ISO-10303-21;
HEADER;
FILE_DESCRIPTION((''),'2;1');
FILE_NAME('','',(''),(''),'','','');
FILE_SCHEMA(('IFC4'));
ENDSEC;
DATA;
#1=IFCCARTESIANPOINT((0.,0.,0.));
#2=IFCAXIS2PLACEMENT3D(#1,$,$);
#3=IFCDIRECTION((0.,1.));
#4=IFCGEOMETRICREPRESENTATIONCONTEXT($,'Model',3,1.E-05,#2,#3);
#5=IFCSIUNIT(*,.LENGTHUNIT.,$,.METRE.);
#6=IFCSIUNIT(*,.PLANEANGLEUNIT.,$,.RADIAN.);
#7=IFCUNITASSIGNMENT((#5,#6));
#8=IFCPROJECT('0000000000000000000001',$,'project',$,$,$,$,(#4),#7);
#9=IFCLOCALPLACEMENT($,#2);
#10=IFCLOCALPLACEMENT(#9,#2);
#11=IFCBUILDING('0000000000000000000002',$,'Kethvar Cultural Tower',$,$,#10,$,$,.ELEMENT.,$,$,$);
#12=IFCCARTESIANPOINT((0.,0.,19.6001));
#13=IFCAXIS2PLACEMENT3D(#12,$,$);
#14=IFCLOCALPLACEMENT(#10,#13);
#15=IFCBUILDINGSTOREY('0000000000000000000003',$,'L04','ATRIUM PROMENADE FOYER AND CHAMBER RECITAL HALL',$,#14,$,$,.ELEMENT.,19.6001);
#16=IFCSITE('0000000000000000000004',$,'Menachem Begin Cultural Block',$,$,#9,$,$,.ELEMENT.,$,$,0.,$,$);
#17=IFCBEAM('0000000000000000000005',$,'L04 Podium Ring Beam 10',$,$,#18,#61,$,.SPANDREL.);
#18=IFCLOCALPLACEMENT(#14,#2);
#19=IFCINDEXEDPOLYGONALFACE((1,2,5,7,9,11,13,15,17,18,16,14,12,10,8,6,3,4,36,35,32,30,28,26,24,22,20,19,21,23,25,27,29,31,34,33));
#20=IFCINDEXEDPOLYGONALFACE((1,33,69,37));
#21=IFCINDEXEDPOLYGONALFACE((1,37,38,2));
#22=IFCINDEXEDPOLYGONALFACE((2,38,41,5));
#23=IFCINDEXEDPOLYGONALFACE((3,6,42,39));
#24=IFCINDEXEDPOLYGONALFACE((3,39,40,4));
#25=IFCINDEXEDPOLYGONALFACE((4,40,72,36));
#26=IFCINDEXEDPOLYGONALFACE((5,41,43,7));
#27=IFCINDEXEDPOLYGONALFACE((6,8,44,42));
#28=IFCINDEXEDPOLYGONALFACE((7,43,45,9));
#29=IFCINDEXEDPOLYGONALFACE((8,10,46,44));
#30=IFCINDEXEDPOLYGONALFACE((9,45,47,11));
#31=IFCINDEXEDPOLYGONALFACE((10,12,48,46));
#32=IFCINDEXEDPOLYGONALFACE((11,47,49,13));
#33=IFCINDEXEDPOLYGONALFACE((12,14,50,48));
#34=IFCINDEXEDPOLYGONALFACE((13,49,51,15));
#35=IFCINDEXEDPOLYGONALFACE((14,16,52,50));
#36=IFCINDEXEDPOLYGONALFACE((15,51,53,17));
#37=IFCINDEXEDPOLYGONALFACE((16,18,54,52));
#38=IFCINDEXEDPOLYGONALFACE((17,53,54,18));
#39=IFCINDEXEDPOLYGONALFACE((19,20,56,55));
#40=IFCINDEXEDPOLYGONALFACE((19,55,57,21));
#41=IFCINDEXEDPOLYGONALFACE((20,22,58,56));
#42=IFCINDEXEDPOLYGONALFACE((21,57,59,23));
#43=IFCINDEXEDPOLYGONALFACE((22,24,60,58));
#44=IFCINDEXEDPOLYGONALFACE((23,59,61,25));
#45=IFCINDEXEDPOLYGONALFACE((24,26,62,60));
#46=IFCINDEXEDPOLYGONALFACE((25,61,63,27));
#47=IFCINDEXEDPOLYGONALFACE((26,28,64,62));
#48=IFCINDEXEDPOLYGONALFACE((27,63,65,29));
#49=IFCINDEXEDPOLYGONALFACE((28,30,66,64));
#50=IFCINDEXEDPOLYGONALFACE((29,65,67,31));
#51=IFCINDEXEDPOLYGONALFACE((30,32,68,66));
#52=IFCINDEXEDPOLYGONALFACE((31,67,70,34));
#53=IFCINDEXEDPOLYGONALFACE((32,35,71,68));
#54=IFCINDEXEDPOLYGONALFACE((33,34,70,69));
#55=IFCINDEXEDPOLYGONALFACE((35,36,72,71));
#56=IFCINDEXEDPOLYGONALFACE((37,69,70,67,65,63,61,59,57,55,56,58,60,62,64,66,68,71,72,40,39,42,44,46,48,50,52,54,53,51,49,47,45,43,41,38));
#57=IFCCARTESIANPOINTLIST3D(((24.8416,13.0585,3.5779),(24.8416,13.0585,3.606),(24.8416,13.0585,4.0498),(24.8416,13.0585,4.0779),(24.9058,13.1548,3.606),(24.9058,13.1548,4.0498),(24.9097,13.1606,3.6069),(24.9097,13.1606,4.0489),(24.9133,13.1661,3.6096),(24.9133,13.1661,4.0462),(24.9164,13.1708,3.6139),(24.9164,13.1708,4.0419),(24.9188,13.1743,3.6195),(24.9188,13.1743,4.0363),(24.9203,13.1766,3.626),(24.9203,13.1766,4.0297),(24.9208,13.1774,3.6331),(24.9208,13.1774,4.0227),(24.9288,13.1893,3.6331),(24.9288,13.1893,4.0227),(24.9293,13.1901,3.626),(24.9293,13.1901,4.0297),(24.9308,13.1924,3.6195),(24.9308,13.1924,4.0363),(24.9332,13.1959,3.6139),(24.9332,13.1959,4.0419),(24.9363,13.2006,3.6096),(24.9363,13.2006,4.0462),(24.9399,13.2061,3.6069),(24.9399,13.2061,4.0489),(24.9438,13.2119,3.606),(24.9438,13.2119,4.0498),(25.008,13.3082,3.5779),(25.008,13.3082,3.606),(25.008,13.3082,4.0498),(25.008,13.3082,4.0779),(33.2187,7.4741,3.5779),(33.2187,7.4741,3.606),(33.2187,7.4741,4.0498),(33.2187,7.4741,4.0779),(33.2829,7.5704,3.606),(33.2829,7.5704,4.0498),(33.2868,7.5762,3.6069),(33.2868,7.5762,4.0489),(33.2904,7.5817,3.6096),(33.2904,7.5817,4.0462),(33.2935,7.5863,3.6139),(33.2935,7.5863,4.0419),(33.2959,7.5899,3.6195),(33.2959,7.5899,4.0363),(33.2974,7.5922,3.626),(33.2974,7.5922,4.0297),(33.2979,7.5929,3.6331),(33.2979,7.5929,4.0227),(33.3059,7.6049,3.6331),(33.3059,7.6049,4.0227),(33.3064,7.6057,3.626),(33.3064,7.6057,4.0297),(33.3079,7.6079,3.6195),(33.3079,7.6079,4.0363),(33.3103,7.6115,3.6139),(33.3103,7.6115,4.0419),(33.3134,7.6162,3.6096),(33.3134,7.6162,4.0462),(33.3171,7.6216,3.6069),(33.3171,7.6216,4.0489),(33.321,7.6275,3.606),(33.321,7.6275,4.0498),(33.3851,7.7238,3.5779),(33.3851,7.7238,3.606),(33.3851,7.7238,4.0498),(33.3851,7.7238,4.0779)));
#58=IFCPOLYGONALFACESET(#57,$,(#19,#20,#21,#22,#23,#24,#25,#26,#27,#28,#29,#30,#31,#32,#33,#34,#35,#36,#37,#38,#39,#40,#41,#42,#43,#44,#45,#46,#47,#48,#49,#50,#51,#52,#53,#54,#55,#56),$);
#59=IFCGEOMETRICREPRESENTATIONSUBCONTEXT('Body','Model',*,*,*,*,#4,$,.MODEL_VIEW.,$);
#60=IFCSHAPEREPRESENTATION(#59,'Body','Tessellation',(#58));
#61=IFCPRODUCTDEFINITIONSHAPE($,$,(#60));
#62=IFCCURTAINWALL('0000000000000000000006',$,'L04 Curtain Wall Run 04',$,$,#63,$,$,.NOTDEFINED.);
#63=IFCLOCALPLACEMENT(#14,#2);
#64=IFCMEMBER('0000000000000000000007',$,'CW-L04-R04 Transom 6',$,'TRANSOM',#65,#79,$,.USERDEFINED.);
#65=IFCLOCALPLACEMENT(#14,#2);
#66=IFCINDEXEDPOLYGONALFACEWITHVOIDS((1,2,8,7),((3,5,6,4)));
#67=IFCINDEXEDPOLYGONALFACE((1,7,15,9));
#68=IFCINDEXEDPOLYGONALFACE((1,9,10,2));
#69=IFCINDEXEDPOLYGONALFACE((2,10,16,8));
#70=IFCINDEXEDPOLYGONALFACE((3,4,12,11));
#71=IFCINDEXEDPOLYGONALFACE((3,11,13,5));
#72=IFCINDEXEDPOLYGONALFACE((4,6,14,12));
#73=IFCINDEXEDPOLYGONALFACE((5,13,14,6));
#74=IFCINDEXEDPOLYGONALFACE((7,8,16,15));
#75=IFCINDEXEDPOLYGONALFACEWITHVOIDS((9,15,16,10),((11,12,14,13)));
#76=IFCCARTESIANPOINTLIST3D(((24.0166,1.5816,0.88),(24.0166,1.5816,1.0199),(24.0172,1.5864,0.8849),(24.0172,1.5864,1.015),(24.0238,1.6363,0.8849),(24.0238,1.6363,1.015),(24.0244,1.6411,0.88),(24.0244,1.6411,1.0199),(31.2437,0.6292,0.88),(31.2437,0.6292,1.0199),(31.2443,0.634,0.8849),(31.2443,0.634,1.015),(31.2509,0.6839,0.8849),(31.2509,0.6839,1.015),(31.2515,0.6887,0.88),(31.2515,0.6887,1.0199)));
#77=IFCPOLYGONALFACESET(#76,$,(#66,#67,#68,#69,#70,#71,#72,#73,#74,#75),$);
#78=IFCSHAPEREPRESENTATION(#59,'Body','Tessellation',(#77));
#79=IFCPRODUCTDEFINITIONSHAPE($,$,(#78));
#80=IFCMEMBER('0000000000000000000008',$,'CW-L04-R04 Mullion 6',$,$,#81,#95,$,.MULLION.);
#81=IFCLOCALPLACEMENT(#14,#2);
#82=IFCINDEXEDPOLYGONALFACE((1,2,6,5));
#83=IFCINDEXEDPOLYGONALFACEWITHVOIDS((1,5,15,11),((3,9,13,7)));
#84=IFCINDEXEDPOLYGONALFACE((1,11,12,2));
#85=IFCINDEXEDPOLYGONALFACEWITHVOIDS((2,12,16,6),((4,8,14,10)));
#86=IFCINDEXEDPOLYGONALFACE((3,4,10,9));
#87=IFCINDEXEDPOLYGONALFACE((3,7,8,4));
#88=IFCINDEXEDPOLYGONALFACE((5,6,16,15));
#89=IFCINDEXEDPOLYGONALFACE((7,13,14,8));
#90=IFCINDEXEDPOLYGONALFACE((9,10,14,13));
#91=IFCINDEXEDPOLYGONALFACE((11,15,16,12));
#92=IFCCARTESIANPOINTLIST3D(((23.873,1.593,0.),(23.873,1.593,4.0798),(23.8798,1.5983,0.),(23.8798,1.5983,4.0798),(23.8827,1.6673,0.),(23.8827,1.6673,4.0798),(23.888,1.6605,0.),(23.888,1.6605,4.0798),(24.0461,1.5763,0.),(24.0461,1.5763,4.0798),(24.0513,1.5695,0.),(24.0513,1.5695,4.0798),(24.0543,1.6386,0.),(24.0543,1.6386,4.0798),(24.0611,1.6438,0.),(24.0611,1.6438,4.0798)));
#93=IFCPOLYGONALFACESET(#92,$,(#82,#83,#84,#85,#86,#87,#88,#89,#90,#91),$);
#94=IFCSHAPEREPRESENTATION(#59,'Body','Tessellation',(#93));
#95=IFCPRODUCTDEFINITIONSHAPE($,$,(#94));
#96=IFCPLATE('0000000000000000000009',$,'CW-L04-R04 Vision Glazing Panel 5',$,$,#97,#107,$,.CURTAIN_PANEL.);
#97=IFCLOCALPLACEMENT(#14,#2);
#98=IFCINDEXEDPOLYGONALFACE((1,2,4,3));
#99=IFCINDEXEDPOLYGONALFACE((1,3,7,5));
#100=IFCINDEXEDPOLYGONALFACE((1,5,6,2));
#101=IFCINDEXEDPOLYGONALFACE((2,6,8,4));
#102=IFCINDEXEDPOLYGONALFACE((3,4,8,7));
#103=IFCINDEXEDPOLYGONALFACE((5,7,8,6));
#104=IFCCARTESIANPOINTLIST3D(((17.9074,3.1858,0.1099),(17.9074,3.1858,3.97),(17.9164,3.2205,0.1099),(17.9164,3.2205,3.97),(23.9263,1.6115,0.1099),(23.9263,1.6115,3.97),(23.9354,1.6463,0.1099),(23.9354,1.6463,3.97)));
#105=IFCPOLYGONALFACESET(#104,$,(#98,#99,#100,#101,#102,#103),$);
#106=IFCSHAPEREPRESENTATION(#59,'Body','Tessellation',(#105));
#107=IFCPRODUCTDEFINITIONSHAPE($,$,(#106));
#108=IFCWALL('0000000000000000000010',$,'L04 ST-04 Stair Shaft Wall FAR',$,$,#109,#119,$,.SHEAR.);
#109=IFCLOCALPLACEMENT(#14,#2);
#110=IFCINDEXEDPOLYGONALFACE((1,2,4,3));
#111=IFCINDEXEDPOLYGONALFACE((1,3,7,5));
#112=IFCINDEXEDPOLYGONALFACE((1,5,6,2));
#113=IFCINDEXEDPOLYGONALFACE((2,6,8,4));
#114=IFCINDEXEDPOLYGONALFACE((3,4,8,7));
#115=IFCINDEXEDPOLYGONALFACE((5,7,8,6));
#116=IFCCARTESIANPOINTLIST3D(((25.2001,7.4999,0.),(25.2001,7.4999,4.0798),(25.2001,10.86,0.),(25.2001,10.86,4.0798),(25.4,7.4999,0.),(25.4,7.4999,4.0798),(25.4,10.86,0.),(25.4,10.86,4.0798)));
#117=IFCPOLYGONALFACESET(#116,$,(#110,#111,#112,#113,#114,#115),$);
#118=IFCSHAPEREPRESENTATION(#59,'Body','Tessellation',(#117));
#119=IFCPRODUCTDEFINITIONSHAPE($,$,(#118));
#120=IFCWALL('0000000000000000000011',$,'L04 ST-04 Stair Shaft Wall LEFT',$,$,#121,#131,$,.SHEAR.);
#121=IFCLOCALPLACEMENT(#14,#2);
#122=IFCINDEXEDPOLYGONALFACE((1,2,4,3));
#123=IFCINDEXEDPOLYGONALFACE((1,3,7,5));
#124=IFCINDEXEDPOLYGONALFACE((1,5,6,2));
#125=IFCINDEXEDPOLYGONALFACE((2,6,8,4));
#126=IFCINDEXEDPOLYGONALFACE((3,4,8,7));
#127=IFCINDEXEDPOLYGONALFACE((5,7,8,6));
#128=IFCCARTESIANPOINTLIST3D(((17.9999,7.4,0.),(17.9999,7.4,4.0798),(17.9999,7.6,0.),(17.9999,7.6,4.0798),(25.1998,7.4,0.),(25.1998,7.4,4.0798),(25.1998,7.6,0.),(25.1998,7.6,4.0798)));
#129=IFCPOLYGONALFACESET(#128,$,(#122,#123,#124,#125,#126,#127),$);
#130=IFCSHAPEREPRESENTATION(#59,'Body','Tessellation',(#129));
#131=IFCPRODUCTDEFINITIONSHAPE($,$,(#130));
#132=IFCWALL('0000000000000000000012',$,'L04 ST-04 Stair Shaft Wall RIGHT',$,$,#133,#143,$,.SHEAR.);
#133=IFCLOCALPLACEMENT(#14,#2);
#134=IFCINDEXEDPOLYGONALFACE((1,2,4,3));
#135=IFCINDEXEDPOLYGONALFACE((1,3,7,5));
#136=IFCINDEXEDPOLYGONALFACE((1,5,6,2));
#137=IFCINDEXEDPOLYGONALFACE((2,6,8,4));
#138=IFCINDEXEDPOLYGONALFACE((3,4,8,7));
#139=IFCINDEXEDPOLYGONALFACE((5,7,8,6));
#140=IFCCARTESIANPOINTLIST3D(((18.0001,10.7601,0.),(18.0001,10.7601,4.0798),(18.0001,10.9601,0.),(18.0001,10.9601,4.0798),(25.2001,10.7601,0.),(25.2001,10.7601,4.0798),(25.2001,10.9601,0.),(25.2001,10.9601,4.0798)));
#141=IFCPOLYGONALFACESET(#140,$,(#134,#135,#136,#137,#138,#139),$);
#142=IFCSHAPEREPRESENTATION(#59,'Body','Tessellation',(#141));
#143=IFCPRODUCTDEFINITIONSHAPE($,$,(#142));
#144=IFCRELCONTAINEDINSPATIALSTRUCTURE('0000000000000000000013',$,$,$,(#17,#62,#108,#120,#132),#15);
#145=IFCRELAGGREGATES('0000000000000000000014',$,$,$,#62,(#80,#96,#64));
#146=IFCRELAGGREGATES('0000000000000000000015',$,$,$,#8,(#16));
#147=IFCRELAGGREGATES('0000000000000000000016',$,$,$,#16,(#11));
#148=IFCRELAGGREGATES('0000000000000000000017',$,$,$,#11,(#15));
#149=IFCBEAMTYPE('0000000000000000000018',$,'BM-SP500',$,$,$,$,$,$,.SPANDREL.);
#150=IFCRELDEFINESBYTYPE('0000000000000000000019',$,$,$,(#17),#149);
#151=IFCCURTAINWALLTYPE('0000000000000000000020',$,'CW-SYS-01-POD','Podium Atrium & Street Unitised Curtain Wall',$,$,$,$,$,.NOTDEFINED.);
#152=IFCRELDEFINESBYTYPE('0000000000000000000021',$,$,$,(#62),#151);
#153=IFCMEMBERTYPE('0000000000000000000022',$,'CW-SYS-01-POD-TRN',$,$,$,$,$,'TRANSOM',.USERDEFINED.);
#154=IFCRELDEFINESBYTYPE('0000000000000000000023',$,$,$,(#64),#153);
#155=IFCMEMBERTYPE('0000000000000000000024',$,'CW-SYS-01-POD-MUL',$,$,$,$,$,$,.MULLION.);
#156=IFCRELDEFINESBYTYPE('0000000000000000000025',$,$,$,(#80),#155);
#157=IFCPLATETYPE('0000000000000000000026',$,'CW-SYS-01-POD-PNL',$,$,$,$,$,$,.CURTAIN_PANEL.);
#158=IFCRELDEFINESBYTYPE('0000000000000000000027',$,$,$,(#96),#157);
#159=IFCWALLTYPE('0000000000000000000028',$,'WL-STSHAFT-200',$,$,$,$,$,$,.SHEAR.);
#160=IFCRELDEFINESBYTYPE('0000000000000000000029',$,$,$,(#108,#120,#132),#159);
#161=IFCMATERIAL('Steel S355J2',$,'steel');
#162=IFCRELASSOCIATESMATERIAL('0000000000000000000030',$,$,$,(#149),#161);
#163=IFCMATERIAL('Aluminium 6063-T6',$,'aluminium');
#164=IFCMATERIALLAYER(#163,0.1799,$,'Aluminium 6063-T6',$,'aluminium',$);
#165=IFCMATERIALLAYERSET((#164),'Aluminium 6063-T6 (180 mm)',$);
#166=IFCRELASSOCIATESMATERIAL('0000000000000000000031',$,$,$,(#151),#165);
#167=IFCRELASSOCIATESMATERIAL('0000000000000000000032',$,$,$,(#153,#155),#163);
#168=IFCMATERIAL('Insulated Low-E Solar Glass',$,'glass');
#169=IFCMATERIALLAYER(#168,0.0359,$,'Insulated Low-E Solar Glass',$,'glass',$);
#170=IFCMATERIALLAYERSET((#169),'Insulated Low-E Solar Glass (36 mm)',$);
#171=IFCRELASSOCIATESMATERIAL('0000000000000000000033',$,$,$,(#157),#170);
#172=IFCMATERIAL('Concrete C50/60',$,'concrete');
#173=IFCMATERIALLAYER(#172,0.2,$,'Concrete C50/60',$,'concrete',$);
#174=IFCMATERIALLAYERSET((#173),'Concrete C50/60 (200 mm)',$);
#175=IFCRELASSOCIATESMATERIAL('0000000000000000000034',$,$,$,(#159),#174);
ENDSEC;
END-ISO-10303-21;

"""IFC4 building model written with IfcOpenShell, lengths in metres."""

from ifc_helpers import new_model, si_unit, direction, frame, frame_2d, origin, origin_2d, place, context, subcontext, project, spatial, rectangle, hollow_rectangle, i_section, extrude, source, transform, mapped, material, layer, layer_set, material_profile, profile_set, type_object, element, aggregate, save


model = new_model("IFC4")

# Units and contexts
model_context = context("Model", 3, precision=1e-05, world=origin(), true_north=direction((0.0, 1.0)))
body_context = subcontext(model_context, "Body", "Model", "MODEL_VIEW")
ifc_project = project(units=[si_unit("LENGTHUNIT", "METRE"), si_unit("PLANEANGLEUNIT", "RADIAN")], contexts=[model_context])

# Site, building, storey
site_placement = place(None, origin())
site = spatial("IfcSite", under=ifc_project, at=site_placement, Name="Menachem Begin Cultural Block", CompositionType="ELEMENT", RefElevation=0.0)
building_placement = place(site_placement, origin())
building = spatial("IfcBuilding", under=site, at=building_placement, Name="Kethvar Cultural Tower", CompositionType="ELEMENT")
storey_placement = place(building_placement, frame((0.0, 0.0, 19.6001)))
storey = spatial("IfcBuildingStorey", under=building, at=storey_placement, Name="L04", Description="ATRIUM PROMENADE FOYER AND CHAMBER RECITAL HALL", CompositionType="ELEMENT", Elevation=19.6001)

# Beam
ifc_material_1 = material(Name="Steel S355J2", Category="steel")
ifc_material_profile_1 = material_profile(ifc_material_1, i_section(OverallWidth=0.3, OverallDepth=0.5, WebThickness=0.0144, FlangeThickness=0.0281, FilletRadius=0.0271, at=origin_2d()), Name="Steel S355J2 — HEB500")
ifc_profile_set_1 = profile_set([ifc_material_profile_1], Name="Steel S355J2 — HEB500")
beam_type = type_object("IfcBeamType", Name="BM-SP500", PredefinedType="SPANDREL", material=ifc_profile_set_1)
shared_shape_1 = source(origin(), body_context, "Body", "SweptSolid", [
    extrude(i_section(OverallWidth=0.3, OverallDepth=0.5, WebThickness=0.0144, FlangeThickness=0.0281, FilletRadius=0.0271, at=origin_2d()), origin(), (0.0, 0.0, 1.0), 10.0679),
])
beam_1_placement = place(storey_placement, frame((24.9248, 13.1833, 3.8279), z_axis=(0.832065, -0.554678, 0.0), x_axis=(0.554678, 0.832065, 0.0)))
element("IfcBeam", 1, at=beam_1_placement, inside=storey, type_object=beam_type, Name="L04 Podium Ring Beam 10", PredefinedType="SPANDREL", context=body_context, shape_type="MappedRepresentation", body=[
    mapped(shared_shape_1, transform((0.0, 0.0, 0.0), scale=1.0)),
])

# Curtain wall, members, plate
ifc_material_2 = material(Name="Aluminium 6063-T6", Category="aluminium")
ifc_layer_1 = layer(ifc_material_2, 0.1799, Name="Aluminium 6063-T6", Category="aluminium")
ifc_layer_set_1 = layer_set([ifc_layer_1], Name="Aluminium 6063-T6 (180 mm)")
curtain_wall_type = type_object("IfcCurtainWallType", Name="CW-SYS-01-POD", Description="Podium Atrium & Street Unitised Curtain Wall", PredefinedType="NOTDEFINED", material=ifc_layer_set_1)
curtain_wall_placement = place(storey_placement, origin())
curtain_wall = element("IfcCurtainWall", 2, at=curtain_wall_placement, inside=storey, type_object=curtain_wall_type, Name="L04 Curtain Wall Run 04", PredefinedType="NOTDEFINED")
ifc_material_profile_2 = material_profile(ifc_material_2, hollow_rectangle(XDim=0.0601, YDim=0.1399, WallThickness=0.0049, at=origin_2d()), Name="Aluminium 6063-T6 — RHS140x60x5")
ifc_profile_set_2 = profile_set([ifc_material_profile_2], Name="Aluminium 6063-T6 — RHS140x60x5")
member_type_1 = type_object("IfcMemberType", Name="CW-SYS-01-POD-TRN", ElementType="TRANSOM", PredefinedType="USERDEFINED", material=ifc_profile_set_2)
shared_shape_2 = source(origin(), body_context, "Body", "SweptSolid", [
    extrude(hollow_rectangle(XDim=0.0601, YDim=0.1399, WallThickness=0.0049, at=origin_2d()), origin(), (0.0, 0.0, 1.0), 7.2896),
])
member_1_placement = place(storey_placement, frame((24.0205, 1.6113, 0.95), z_axis=(0.991428, -0.130652, 0.0), x_axis=(0.130652, 0.991428, 0.0)))
member_1 = element("IfcMember", 3, at=member_1_placement, type_object=member_type_1, Name="CW-L04-R04 Transom 6", ObjectType="TRANSOM", PredefinedType="USERDEFINED", context=body_context, shape_type="MappedRepresentation", body=[
    mapped(shared_shape_2, transform((0.0, 0.0, 0.0), scale=1.0)),
])
ifc_material_profile_3 = material_profile(ifc_material_2, hollow_rectangle(XDim=0.075, YDim=0.1799, WallThickness=0.0061, at=origin_2d()), Name="Aluminium 6063-T6 — RHS180x75x6")
ifc_profile_set_3 = profile_set([ifc_material_profile_3], Name="Aluminium 6063-T6 — RHS180x75x6")
member_type_2 = type_object("IfcMemberType", Name="CW-SYS-01-POD-MUL", PredefinedType="MULLION", material=ifc_profile_set_3)
shared_shape_3 = source(origin(), body_context, "Body", "SweptSolid", [
    extrude(hollow_rectangle(XDim=0.075, YDim=0.1799, WallThickness=0.0061, at=origin_2d()), origin(), (0.0, 0.0, 1.0), 4.0798),
])
member_2_placement = place(storey_placement, frame((23.967, 1.6184, 0.0), z_axis=(0.0, 0.0, 1.0), x_axis=(0.130647, 0.991429, 0.0)))
member_2 = element("IfcMember", 4, at=member_2_placement, type_object=member_type_2, Name="CW-L04-R04 Mullion 6", PredefinedType="MULLION", context=body_context, shape_type="MappedRepresentation", body=[
    mapped(shared_shape_3, transform((0.0, 0.0, 0.0), scale=1.0)),
])
ifc_material_3 = material(Name="Insulated Low-E Solar Glass", Category="glass")
ifc_layer_2 = layer(ifc_material_3, 0.0359, Name="Insulated Low-E Solar Glass", Category="glass")
ifc_layer_set_2 = layer_set([ifc_layer_2], Name="Insulated Low-E Solar Glass (36 mm)")
plate_type = type_object("IfcPlateType", Name="CW-SYS-01-POD-PNL", PredefinedType="CURTAIN_PANEL", material=ifc_layer_set_2)
shared_shape_4 = source(origin(), body_context, "Body", "SweptSolid", [
    extrude(rectangle(XDim=6.2214, YDim=0.0359, at=origin_2d()), origin(), (0.0, 0.0, 1.0), 3.8601),
])
plate_placement = place(storey_placement, frame((20.9214, 2.416, 0.1099), z_axis=(0.0, 0.0, 1.0), x_axis=(0.967458, -0.253032, 0.0)))
plate = element("IfcPlate", 5, at=plate_placement, type_object=plate_type, Name="CW-L04-R04 Vision Glazing Panel 5", PredefinedType="CURTAIN_PANEL", context=body_context, shape_type="MappedRepresentation", body=[
    mapped(shared_shape_4, transform((0.0, 0.0, 0.0), scale=1.0)),
])
aggregate(curtain_wall, [member_2, plate, member_1])

# Walls
ifc_material_4 = material(Name="Concrete C50/60", Category="concrete")
ifc_layer_3 = layer(ifc_material_4, 0.2, Name="Concrete C50/60", Category="concrete")
ifc_layer_set_3 = layer_set([ifc_layer_3], Name="Concrete C50/60 (200 mm)")
wall_type = type_object("IfcWallType", Name="WL-STSHAFT-200", PredefinedType="SHEAR", material=ifc_layer_set_3)
wall_placement = place(storey_placement, frame((25.3, 10.8601, 0.0), z_axis=(0.0, 0.0, 1.0), x_axis=(0.0, -1.0, 0.0)))
element("IfcWall", 6, at=wall_placement, inside=storey, type_object=wall_type, Name="L04 ST-04 Stair Shaft Wall FAR", PredefinedType="SHEAR", context=body_context, shape_type="SweptSolid", body=[
    extrude(rectangle(XDim=3.3601, YDim=0.2, at=frame_2d((1.6802, 0.0))), origin(), (0.0, 0.0, 1.0), 4.0798),
])
for number, where, z_axis, x_axis, name in (
    (7, (25.2, 7.5, 0.0), (0.0, 0.0, 1.0), (-1.0, 0.0, 0.0), "L04 ST-04 Stair Shaft Wall LEFT"),
    (8, (18.0, 10.8601, 0.0), (0.0, 0.0, 1.0), (1.0, 0.0, 0.0), "L04 ST-04 Stair Shaft Wall RIGHT"),
):
    element("IfcWall", number, at=place(storey_placement, frame(where, z_axis=z_axis, x_axis=x_axis)), inside=storey, type_object=wall_type, Name=name, PredefinedType="SHEAR", context=body_context, shape_type="SweptSolid", body=[
        extrude(rectangle(XDim=7.2, YDim=0.2, at=frame_2d((3.6001, 0.0))), origin(), (0.0, 0.0, 1.0), 4.0798),
    ])

save(model, "model.ifc")
